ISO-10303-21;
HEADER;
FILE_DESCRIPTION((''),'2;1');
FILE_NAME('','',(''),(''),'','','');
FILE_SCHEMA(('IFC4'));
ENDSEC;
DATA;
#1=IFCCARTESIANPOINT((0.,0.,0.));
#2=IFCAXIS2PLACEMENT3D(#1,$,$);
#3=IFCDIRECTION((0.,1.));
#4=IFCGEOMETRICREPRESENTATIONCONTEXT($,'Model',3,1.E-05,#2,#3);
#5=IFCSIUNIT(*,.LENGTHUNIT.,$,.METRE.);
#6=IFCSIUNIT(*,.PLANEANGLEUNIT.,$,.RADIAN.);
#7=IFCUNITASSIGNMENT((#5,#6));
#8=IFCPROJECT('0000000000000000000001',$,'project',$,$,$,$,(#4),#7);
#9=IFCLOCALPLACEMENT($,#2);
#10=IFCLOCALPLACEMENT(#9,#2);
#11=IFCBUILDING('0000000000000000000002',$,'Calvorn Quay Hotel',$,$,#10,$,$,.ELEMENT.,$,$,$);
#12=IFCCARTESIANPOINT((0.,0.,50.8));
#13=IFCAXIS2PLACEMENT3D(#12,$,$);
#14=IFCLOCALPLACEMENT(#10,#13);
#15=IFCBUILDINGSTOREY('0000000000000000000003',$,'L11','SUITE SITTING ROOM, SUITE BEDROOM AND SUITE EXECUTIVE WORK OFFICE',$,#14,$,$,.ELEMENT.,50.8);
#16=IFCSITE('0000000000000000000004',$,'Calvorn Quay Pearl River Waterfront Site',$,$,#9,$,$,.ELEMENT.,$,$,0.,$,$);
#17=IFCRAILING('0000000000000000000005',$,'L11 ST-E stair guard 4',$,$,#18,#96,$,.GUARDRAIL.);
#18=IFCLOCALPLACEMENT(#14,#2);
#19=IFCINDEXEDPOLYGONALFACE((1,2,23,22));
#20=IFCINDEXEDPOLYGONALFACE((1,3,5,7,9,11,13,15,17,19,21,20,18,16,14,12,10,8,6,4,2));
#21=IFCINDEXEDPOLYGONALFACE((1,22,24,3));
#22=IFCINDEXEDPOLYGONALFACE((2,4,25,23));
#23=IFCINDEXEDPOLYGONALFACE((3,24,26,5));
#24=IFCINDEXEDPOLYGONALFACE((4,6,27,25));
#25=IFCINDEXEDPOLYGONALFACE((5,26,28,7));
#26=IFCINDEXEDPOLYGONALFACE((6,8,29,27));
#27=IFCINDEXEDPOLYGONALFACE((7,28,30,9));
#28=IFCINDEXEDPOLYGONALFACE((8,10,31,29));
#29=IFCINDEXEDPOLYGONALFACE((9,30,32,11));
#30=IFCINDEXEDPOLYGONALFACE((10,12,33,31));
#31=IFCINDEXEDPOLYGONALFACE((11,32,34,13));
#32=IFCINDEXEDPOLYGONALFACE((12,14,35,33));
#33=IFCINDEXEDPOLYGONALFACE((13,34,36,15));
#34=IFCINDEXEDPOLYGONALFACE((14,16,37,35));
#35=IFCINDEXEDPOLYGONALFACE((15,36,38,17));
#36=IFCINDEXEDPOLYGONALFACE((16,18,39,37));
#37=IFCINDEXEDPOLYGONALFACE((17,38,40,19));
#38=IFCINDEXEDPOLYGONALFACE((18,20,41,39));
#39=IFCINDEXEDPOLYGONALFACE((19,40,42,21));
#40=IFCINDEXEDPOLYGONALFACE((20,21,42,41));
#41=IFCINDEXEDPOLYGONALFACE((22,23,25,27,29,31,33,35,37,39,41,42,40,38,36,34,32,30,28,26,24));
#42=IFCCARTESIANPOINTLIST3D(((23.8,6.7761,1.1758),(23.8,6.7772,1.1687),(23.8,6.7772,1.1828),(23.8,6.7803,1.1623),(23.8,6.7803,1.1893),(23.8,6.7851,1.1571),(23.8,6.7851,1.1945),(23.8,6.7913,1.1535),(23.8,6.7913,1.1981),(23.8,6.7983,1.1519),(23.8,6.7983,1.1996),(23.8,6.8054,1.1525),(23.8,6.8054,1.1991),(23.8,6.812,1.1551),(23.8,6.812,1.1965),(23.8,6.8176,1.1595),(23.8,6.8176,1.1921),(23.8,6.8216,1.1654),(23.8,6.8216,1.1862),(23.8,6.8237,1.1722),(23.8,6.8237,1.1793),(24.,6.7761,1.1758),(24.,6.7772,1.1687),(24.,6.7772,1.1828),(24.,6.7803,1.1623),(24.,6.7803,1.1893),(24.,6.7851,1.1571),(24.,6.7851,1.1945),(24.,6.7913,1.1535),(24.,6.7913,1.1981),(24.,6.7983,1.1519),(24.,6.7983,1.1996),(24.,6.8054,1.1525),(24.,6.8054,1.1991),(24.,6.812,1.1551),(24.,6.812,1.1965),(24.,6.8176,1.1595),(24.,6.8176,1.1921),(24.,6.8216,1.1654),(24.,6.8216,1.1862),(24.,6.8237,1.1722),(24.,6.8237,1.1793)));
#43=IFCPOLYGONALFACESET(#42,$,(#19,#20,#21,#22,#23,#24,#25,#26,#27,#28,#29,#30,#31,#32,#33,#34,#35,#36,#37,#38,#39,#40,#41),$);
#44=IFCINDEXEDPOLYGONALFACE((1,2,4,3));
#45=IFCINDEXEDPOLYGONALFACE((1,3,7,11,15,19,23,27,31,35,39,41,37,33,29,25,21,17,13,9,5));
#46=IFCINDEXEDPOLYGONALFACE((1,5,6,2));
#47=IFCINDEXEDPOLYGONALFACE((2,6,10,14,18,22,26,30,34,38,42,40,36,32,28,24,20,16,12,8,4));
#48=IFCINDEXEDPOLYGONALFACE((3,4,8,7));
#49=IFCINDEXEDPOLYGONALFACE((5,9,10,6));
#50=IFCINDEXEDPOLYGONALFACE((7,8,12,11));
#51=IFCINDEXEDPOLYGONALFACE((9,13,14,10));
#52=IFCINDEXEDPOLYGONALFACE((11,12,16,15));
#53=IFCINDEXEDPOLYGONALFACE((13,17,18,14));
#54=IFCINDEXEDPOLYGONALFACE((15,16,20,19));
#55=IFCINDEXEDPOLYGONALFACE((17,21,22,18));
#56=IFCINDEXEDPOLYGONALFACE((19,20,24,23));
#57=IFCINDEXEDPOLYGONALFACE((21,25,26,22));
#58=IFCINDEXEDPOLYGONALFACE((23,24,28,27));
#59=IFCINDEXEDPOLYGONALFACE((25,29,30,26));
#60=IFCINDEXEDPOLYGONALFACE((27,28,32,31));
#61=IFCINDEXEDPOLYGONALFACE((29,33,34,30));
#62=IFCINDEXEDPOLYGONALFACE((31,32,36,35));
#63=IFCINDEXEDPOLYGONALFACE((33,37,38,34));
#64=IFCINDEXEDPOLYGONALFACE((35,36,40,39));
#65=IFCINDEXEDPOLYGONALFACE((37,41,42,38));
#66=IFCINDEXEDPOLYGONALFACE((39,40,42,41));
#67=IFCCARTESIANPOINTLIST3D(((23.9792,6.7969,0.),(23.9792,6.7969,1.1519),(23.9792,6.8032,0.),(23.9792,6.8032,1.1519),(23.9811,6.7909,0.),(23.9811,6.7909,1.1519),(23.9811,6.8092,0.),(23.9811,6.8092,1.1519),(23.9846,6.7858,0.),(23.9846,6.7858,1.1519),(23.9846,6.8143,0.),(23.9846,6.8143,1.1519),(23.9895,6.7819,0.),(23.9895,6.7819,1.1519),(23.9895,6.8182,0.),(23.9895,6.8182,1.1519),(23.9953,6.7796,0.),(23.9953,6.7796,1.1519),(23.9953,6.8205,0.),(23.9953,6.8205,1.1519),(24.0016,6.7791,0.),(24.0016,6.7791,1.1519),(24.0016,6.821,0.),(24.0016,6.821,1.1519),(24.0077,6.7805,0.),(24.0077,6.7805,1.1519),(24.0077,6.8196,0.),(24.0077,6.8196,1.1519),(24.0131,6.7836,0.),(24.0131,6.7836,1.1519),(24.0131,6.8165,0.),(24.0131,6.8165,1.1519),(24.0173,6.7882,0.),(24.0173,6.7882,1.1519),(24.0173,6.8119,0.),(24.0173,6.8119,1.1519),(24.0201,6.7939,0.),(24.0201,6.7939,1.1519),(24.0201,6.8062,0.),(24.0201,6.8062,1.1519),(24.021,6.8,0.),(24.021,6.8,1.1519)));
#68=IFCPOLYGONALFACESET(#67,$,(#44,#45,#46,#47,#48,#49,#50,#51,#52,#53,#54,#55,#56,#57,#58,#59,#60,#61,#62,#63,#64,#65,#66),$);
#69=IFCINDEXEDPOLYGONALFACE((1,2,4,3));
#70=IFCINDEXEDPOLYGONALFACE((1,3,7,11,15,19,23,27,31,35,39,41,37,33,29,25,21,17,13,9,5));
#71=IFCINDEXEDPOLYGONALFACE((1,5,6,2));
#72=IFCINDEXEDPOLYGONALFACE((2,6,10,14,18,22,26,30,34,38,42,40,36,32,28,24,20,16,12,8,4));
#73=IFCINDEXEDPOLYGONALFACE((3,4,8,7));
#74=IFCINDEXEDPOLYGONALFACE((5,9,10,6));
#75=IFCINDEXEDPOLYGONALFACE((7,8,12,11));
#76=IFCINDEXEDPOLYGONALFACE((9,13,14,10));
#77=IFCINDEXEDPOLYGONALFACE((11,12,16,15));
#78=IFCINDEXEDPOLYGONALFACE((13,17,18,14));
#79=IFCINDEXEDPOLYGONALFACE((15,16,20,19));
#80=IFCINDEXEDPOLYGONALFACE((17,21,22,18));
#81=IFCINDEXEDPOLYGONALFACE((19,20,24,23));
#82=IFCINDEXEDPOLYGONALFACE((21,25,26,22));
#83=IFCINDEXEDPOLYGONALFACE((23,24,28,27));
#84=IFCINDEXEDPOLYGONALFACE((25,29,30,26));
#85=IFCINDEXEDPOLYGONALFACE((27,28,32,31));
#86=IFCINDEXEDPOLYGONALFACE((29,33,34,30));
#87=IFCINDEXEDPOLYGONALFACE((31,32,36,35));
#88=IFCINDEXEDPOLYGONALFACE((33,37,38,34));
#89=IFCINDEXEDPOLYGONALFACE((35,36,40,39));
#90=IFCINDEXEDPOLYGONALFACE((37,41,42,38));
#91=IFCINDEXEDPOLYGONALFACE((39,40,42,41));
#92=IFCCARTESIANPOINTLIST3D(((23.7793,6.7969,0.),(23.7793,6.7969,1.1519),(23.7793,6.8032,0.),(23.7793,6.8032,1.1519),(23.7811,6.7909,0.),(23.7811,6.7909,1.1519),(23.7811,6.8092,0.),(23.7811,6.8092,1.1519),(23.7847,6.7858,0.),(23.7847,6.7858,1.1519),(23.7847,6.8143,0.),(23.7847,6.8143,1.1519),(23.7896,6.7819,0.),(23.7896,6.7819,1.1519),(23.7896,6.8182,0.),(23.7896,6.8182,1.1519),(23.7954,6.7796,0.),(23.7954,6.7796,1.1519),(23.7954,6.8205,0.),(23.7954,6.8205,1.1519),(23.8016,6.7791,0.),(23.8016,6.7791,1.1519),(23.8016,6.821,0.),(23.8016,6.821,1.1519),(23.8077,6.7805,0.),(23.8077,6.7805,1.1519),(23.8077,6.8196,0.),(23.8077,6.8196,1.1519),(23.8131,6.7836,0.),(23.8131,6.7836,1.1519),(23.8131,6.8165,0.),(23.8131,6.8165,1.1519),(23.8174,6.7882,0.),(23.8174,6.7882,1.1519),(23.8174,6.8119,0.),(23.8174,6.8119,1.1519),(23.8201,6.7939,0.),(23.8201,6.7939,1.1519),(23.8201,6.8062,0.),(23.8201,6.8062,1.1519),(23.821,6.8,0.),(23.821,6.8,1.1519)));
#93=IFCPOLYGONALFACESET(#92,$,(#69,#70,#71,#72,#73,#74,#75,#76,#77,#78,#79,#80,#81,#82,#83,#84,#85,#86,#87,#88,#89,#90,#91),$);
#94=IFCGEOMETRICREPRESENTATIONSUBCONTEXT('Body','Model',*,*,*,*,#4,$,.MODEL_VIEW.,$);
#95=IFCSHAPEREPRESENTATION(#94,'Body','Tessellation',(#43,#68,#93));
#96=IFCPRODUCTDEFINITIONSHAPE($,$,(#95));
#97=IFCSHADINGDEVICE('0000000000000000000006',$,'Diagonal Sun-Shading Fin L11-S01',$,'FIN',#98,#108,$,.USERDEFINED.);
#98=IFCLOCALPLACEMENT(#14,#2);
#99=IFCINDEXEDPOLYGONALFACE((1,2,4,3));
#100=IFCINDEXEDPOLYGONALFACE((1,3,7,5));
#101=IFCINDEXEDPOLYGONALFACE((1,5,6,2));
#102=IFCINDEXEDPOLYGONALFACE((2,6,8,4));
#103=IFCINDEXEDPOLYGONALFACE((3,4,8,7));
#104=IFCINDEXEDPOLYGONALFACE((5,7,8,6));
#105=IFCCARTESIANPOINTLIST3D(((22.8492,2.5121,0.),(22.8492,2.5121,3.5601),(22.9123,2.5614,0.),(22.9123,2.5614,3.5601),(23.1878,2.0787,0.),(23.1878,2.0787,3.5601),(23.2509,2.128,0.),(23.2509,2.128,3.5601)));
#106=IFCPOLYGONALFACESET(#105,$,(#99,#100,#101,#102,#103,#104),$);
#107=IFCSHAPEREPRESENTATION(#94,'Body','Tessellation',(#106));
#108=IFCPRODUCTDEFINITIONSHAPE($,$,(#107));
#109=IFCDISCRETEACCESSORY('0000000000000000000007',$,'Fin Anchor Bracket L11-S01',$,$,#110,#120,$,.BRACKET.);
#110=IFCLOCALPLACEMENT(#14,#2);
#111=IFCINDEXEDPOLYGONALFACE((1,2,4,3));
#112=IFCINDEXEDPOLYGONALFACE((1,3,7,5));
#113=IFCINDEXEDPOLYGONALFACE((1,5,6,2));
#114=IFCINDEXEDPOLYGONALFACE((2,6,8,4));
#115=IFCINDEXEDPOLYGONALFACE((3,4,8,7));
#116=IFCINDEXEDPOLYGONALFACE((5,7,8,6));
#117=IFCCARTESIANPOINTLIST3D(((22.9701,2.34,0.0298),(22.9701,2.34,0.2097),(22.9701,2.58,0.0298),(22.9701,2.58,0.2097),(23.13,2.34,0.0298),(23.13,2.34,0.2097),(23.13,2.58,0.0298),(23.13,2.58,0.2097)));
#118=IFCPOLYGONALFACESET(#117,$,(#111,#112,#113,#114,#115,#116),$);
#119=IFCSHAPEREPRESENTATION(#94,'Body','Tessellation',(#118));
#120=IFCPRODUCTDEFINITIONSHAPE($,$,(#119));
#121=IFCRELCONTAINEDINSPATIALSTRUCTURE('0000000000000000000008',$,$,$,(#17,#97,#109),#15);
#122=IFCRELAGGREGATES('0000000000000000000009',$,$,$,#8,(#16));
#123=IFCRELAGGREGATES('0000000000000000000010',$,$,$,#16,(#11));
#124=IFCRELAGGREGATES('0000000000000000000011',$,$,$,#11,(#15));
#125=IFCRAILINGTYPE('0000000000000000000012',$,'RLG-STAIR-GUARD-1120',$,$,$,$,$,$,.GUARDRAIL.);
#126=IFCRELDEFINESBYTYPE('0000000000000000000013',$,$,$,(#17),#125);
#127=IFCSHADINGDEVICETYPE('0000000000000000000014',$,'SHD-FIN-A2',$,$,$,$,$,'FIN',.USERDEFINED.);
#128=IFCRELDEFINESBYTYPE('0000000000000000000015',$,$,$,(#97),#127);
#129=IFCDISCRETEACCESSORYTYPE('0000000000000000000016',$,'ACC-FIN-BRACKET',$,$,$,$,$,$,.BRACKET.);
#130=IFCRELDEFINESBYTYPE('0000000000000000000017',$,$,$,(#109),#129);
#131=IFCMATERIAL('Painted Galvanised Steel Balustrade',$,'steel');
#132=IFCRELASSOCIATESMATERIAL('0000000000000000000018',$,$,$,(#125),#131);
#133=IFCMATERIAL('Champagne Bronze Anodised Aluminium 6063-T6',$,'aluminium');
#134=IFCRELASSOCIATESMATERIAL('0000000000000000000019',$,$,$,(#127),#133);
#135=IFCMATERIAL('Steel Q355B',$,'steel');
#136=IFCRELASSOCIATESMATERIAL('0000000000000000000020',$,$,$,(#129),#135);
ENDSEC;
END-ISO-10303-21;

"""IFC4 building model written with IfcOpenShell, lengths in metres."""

from ifc_helpers import new_model, si_unit, direction, frame, origin, origin_2d, place, context, subcontext, project, spatial, rectangle, circle, extrude, material, type_object, element, save


model = new_model("IFC4")

# Units and contexts
model_context = context("Model", 3, precision=1e-05, world=origin(), true_north=direction((0.0, 1.0)))
body_context = subcontext(model_context, "Body", "Model", "MODEL_VIEW")
ifc_project = project(units=[si_unit("LENGTHUNIT", "METRE"), si_unit("PLANEANGLEUNIT", "RADIAN")], contexts=[model_context])

# Site, building, storey
site_placement = place(None, origin())
site = spatial("IfcSite", under=ifc_project, at=site_placement, Name="Calvorn Quay Pearl River Waterfront Site", CompositionType="ELEMENT", RefElevation=0.0)
building_placement = place(site_placement, origin())
building = spatial("IfcBuilding", under=site, at=building_placement, Name="Calvorn Quay Hotel", CompositionType="ELEMENT")
storey_placement = place(building_placement, frame((0.0, 0.0, 50.8)))
storey = spatial("IfcBuildingStorey", under=building, at=storey_placement, Name="L11", Description="SUITE SITTING ROOM, SUITE BEDROOM AND SUITE EXECUTIVE WORK OFFICE", CompositionType="ELEMENT", Elevation=50.8)

# Railing
ifc_material_1 = material(Name="Painted Galvanised Steel Balustrade", Category="steel")
railing_type_1 = type_object("IfcRailingType", Name="RLG-STAIR-GUARD-1120", PredefinedType="GUARDRAIL", material=ifc_material_1)
railing_1_placement = place(storey_placement, frame((24.0, 6.8, 0.0)))
element("IfcRailing", 1, at=railing_1_placement, inside=storey, type_object=railing_type_1, Name="L11 ST-E stair guard 4", PredefinedType="GUARDRAIL", context=body_context, shape_type="SweptSolid", body=[
    extrude(circle(Radius=0.0239, at=origin_2d()), frame((0.0, 0.0, 1.1758), z_axis=(-1.0, 0.0, 0.0), x_axis=(0.0, -1.0, 0.0)), (0.0, 0.0, 1.0), 0.2),
    extrude(circle(Radius=0.021, at=origin_2d()), origin(), (0.0, 0.0, 1.0), 1.1519),
    extrude(circle(Radius=0.021, at=origin_2d()), frame((-0.2, 0.0, 0.0)), (0.0, 0.0, 1.0), 1.1519),
])

# Shading device
ifc_material_2 = material(Name="Champagne Bronze Anodised Aluminium 6063-T6", Category="aluminium")
shading_device_type = type_object("IfcShadingDeviceType", Name="SHD-FIN-A2", ElementType="FIN", PredefinedType="USERDEFINED", material=ifc_material_2)
shading_device_placement = place(storey_placement, frame((23.05, 2.3201, 0.0), z_axis=(0.0, 0.0, 1.0), x_axis=(-0.615661, 0.788011, 0.0)))
element("IfcShadingDevice", 2, at=shading_device_placement, inside=storey, type_object=shading_device_type, Name="Diagonal Sun-Shading Fin L11-S01", ObjectType="FIN", PredefinedType="USERDEFINED", context=body_context, shape_type="SweptSolid", body=[
    extrude(rectangle(XDim=0.55, YDim=0.0801, at=origin_2d()), origin(), (0.0, 0.0, 1.0), 3.5601),
])

# Discrete accessory
ifc_material_3 = material(Name="Steel Q355B", Category="steel")
discrete_accessory_type = type_object("IfcDiscreteAccessoryType", Name="ACC-FIN-BRACKET", PredefinedType="BRACKET", material=ifc_material_3)
discrete_accessory_placement = place(storey_placement, frame((23.05, 2.46, 0.0298), z_axis=(0.0, 0.0, 1.0), x_axis=(0.0, 1.0, 0.0)))
element("IfcDiscreteAccessory", 3, at=discrete_accessory_placement, inside=storey, type_object=discrete_accessory_type, Name="Fin Anchor Bracket L11-S01", PredefinedType="BRACKET", context=body_context, shape_type="SweptSolid", body=[
    extrude(rectangle(XDim=0.24, YDim=0.1599, at=origin_2d()), origin(), (0.0, 0.0, 1.0), 0.1799),
])

save(model, "model.ifc")
